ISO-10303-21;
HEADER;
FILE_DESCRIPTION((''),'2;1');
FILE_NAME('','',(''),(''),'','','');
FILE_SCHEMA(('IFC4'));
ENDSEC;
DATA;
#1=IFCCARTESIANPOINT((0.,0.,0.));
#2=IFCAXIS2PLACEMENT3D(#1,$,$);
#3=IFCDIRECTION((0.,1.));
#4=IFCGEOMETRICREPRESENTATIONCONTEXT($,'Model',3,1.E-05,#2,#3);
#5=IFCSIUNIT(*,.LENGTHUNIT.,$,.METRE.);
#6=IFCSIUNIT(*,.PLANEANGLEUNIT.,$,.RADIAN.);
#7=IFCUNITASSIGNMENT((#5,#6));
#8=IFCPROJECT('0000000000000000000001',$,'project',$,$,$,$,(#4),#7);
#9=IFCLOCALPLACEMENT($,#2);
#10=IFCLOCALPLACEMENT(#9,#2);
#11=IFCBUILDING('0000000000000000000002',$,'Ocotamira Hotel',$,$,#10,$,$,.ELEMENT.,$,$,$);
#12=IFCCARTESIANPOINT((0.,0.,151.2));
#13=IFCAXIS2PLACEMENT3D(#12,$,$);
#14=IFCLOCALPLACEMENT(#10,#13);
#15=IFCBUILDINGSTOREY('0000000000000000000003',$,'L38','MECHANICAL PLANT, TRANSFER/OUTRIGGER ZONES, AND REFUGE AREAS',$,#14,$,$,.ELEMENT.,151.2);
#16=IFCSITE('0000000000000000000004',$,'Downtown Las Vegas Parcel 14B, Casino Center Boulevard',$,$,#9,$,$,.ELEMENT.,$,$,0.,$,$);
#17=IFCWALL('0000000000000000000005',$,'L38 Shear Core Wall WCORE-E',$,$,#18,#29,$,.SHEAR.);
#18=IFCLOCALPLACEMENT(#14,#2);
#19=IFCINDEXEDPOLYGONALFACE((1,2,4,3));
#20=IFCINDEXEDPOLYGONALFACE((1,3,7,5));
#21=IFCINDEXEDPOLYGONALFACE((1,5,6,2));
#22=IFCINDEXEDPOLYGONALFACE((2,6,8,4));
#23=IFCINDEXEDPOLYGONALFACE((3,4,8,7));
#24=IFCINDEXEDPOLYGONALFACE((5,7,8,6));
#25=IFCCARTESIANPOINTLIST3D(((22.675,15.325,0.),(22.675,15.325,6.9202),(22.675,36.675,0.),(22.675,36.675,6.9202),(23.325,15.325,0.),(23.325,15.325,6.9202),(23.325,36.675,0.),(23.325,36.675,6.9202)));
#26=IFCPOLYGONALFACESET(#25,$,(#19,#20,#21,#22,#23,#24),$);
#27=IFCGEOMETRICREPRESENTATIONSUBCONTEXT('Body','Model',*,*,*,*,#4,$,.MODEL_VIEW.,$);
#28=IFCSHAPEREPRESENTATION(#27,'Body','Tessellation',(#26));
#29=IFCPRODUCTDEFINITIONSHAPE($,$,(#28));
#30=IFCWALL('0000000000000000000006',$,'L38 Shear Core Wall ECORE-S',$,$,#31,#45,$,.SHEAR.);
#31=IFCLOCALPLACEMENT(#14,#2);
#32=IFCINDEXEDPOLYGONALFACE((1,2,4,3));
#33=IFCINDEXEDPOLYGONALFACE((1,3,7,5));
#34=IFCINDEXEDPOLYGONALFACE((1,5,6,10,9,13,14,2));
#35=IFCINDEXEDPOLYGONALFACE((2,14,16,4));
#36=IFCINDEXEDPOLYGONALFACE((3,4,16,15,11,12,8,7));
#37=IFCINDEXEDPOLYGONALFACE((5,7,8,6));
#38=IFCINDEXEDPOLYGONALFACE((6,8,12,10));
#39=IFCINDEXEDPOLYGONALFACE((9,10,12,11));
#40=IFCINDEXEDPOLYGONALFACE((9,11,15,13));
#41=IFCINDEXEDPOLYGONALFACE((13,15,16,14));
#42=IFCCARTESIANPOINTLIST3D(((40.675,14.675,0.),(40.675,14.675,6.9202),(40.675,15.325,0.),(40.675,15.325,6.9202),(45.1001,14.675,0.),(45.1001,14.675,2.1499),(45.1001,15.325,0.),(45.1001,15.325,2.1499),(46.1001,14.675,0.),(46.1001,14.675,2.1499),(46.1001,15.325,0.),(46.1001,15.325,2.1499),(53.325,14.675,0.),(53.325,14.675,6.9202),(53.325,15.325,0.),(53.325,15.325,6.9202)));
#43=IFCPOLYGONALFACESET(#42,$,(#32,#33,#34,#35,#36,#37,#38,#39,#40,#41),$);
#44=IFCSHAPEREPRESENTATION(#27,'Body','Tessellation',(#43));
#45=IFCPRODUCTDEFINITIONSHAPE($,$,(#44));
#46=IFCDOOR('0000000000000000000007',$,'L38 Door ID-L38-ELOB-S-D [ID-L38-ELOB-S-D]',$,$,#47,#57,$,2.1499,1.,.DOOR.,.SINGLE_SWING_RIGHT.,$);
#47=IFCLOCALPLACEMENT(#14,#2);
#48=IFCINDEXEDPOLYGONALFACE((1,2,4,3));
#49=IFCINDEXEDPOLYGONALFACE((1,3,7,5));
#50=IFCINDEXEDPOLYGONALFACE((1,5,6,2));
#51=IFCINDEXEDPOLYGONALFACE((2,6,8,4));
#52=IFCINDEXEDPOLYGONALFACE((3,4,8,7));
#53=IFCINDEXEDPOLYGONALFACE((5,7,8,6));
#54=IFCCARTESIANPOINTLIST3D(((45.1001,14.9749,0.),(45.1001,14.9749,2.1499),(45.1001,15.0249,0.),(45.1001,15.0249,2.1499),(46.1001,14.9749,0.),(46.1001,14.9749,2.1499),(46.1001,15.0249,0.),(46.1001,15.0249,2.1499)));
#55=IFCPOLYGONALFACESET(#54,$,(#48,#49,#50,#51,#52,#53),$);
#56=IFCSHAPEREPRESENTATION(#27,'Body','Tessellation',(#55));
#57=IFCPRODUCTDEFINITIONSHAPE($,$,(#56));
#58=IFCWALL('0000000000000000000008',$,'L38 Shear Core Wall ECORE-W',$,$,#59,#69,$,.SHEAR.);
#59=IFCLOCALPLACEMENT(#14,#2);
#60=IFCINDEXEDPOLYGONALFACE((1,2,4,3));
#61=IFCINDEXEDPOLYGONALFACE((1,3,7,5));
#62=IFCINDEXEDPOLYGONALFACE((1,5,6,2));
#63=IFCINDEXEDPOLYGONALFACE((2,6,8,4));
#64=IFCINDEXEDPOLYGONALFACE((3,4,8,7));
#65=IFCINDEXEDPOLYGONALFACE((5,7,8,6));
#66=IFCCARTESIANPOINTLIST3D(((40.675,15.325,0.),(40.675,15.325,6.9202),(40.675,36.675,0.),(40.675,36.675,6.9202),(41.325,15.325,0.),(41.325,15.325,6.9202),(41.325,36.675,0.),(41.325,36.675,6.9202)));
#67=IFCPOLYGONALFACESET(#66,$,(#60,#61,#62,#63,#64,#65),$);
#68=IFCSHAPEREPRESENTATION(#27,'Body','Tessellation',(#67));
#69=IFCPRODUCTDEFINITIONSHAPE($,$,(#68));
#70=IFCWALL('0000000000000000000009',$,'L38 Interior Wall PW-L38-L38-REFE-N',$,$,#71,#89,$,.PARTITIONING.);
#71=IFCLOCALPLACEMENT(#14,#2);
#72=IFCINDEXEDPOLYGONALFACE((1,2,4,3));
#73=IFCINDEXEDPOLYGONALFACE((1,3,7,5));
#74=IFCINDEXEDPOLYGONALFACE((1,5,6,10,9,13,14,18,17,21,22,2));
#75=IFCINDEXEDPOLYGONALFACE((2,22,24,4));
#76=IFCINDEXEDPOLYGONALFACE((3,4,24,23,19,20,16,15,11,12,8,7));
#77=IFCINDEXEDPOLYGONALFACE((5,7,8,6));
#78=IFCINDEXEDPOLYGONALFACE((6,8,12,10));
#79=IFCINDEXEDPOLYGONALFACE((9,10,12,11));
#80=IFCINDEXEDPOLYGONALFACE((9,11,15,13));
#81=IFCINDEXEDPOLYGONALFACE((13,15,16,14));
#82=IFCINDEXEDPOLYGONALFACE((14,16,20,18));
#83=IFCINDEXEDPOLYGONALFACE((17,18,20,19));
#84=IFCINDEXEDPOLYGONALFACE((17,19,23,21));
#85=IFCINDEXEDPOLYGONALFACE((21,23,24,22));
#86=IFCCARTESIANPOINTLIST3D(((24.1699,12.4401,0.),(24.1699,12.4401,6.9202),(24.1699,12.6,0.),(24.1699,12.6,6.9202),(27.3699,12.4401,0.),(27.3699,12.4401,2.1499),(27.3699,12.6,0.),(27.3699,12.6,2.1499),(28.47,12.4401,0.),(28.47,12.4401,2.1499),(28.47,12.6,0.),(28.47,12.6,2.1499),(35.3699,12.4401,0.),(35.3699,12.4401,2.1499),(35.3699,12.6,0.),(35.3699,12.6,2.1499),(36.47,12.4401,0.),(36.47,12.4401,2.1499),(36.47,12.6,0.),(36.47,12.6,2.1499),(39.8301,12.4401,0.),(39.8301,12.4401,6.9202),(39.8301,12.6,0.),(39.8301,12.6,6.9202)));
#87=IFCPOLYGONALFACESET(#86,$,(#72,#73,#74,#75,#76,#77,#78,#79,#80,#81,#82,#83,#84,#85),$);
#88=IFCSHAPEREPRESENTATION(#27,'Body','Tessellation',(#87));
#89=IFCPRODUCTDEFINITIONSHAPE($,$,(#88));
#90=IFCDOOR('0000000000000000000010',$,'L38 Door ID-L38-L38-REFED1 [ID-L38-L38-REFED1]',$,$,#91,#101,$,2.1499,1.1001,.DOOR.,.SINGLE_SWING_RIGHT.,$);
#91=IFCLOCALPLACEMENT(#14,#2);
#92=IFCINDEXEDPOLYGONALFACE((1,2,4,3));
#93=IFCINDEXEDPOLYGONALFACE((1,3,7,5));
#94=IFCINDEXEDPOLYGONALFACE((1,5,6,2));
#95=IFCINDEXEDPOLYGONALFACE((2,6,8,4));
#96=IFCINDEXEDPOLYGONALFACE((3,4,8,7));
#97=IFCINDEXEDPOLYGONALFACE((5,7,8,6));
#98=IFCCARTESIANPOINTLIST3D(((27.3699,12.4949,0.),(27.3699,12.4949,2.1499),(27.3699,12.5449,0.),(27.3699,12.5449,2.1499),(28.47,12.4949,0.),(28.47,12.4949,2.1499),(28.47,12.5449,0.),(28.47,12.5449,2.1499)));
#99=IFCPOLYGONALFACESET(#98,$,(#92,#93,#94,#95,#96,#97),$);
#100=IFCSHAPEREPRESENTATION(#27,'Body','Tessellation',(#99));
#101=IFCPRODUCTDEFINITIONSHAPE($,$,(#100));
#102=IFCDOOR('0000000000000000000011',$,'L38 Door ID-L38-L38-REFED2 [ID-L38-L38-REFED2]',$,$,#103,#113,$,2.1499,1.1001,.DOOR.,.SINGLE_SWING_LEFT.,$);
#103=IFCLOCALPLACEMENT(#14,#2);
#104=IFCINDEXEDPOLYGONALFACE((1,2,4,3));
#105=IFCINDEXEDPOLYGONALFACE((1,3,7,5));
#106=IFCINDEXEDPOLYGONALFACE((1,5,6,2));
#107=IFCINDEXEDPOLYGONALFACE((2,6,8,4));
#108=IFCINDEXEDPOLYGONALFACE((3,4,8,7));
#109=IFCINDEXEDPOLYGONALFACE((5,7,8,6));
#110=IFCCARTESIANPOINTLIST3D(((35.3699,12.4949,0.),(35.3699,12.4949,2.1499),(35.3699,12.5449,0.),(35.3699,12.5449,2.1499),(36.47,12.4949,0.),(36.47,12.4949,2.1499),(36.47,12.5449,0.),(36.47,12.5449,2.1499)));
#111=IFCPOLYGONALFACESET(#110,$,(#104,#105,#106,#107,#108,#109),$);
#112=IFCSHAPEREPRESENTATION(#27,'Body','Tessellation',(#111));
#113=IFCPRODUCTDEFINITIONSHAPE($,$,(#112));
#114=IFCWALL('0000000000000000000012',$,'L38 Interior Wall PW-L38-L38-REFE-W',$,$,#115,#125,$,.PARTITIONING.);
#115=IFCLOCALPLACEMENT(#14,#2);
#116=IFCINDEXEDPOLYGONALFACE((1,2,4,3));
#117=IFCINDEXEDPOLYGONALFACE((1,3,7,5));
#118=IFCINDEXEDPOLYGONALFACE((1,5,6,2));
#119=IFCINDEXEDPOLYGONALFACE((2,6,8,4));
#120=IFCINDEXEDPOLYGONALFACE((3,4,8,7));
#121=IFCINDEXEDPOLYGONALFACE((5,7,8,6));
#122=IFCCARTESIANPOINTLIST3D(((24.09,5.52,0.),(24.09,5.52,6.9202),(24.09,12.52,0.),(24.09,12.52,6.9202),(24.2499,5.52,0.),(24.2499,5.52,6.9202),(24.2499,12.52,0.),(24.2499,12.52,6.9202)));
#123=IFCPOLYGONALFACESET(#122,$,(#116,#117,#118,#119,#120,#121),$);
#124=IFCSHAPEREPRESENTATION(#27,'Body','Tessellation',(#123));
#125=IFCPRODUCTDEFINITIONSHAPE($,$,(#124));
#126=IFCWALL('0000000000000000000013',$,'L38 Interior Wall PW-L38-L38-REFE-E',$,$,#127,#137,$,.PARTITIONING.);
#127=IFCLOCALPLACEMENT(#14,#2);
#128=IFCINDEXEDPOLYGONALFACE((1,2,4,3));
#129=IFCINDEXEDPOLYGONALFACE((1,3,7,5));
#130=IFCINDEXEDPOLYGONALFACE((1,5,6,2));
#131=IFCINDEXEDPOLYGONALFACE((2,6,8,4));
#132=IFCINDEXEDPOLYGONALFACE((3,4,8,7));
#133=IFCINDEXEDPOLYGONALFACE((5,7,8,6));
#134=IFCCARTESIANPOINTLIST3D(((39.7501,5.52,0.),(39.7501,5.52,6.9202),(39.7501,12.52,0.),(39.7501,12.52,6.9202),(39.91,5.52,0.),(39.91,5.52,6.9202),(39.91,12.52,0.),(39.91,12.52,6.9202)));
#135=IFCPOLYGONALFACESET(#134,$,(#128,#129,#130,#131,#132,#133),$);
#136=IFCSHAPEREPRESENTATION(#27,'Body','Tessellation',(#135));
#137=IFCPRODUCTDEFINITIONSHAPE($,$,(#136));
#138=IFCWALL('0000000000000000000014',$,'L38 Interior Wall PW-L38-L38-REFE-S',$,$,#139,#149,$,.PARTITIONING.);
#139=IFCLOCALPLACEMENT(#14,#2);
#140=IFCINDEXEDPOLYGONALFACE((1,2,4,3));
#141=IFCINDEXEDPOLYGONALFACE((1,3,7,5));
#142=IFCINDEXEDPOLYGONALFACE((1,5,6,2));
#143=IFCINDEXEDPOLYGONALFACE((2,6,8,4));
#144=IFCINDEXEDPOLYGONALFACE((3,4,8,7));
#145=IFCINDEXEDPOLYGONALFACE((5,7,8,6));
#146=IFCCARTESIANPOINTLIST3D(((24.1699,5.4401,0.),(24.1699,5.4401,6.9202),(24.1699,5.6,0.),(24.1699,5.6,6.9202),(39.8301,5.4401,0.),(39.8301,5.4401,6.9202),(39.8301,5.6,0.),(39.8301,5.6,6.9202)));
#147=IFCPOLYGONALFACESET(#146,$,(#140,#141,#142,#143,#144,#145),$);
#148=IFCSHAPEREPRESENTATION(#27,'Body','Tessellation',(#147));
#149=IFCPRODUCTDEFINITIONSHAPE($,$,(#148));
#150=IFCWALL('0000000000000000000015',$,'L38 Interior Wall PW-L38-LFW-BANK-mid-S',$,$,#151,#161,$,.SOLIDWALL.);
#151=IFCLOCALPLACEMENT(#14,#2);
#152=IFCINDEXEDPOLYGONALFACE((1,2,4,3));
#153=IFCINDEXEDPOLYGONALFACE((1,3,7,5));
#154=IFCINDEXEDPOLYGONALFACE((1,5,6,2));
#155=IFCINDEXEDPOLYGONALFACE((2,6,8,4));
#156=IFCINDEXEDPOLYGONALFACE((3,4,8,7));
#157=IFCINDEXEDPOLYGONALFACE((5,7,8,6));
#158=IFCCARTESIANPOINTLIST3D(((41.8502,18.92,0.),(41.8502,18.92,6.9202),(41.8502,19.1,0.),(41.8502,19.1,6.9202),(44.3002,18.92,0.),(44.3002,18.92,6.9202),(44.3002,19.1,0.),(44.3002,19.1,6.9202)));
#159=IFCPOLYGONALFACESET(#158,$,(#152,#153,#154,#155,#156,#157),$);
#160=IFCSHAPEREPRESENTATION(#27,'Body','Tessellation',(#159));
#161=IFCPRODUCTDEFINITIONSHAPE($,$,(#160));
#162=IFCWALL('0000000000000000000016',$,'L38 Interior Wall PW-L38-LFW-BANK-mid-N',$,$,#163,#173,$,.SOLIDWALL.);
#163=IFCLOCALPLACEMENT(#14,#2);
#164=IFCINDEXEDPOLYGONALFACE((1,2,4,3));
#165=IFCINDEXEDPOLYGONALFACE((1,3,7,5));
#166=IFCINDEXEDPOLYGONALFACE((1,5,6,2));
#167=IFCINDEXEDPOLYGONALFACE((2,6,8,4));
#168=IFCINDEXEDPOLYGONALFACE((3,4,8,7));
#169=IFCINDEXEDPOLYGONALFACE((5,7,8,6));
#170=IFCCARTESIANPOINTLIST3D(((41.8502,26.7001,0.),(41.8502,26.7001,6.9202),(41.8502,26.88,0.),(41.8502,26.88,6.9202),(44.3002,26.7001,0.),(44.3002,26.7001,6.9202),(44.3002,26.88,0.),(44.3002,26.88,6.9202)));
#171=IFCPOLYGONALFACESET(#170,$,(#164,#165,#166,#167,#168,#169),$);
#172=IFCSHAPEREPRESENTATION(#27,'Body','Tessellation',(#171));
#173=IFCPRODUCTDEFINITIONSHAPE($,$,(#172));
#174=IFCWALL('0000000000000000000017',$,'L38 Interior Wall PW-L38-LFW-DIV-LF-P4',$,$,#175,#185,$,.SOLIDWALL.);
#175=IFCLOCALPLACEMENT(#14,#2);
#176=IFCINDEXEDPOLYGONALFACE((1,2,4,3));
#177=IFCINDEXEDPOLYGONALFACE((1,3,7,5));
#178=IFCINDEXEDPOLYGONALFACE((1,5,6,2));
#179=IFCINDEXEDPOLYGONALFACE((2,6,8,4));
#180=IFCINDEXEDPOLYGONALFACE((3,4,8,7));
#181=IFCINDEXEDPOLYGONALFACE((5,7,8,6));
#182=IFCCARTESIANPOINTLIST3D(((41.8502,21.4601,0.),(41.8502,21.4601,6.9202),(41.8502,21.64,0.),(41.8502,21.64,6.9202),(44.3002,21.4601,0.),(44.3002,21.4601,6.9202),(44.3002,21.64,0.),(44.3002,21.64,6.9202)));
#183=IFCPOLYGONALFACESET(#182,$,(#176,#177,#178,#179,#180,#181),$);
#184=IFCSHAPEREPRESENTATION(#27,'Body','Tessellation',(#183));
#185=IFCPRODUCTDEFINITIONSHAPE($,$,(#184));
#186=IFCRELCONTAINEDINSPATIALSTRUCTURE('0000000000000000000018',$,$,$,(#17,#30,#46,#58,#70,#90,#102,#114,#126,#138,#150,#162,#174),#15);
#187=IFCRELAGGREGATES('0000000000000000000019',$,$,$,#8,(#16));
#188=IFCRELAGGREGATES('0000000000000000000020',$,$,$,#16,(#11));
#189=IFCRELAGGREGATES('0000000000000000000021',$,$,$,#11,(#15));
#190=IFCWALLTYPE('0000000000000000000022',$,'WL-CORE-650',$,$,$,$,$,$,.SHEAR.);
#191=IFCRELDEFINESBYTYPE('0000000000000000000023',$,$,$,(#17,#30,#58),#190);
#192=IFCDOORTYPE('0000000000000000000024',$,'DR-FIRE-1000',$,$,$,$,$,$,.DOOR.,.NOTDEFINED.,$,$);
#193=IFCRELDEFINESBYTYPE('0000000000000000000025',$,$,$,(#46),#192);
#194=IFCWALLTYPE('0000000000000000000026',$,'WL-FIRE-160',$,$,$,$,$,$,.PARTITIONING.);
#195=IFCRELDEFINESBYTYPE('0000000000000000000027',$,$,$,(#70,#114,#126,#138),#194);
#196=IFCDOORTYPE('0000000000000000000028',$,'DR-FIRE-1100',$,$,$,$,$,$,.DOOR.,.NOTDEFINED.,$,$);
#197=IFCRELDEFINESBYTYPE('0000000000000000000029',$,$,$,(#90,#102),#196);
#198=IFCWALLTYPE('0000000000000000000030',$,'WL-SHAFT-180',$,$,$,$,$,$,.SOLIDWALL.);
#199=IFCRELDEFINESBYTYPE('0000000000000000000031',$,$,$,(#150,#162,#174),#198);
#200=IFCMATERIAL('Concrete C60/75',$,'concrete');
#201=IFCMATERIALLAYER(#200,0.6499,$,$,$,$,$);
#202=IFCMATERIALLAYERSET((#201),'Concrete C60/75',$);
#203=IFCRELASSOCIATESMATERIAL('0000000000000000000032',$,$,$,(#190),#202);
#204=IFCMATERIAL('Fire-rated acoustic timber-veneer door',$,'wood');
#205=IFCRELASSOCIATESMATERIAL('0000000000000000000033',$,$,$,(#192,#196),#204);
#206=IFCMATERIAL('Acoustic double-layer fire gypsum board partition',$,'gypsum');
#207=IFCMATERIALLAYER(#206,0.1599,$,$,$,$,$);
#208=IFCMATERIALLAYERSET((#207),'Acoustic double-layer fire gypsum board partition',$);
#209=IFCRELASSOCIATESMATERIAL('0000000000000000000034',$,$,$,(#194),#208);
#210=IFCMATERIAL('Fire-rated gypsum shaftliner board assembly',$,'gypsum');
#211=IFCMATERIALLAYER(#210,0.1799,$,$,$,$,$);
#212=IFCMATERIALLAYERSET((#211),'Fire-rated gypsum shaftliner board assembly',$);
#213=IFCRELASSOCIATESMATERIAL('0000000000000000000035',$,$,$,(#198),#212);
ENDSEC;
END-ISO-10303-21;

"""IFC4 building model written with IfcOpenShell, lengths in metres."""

from ifc_helpers import new_model, si_unit, direction, frame, frame_2d, origin, place, context, subcontext, project, spatial, rectangle, extrude, source, transform, mapped, material, layer, layer_set, type_object, element, fill, save


model = new_model("IFC4")

# Units and contexts
model_context = context("Model", 3, precision=1e-05, world=origin(), true_north=direction((0.0, 1.0)))
body_context = subcontext(model_context, "Body", "Model", "MODEL_VIEW")
ifc_project = project(units=[si_unit("LENGTHUNIT", "METRE"), si_unit("PLANEANGLEUNIT", "RADIAN")], contexts=[model_context])

# Site, building, storey
site_placement = place(None, origin())
site = spatial("IfcSite", under=ifc_project, at=site_placement, Name="Downtown Las Vegas Parcel 14B, Casino Center Boulevard", CompositionType="ELEMENT", RefElevation=0.0)
building_placement = place(site_placement, origin())
building = spatial("IfcBuilding", under=site, at=building_placement, Name="Ocotamira Hotel", CompositionType="ELEMENT")
storey_placement = place(building_placement, frame((0.0, 0.0, 151.2)))
storey = spatial("IfcBuildingStorey", under=building, at=storey_placement, Name="L38", Description="MECHANICAL PLANT, TRANSFER/OUTRIGGER ZONES, AND REFUGE AREAS", CompositionType="ELEMENT", Elevation=151.2)

# Wall
ifc_material_1 = material(Name="Concrete C60/75", Category="concrete")
ifc_layer_1 = layer(ifc_material_1, 0.6499)
ifc_layer_set_1 = layer_set([ifc_layer_1], Name="Concrete C60/75")
wall_type_1 = type_object("IfcWallType", Name="WL-CORE-650", PredefinedType="SHEAR", material=ifc_layer_set_1)
wall_1_placement = place(storey_placement, frame((23.0, 15.325, 0.0), z_axis=(0.0, 0.0, 1.0), x_axis=(0.0, 1.0, 0.0)))
element("IfcWall", 1, at=wall_1_placement, inside=storey, type_object=wall_type_1, Name="L38 Shear Core Wall WCORE-E", PredefinedType="SHEAR", context=body_context, shape_type="SweptSolid", body=[
    extrude(rectangle(XDim=21.3501, YDim=0.6499, at=frame_2d((10.675, 0.0))), origin(), (0.0, 0.0, 1.0), 6.9202),
])

# Wall, opening, door
wall_2_placement = place(storey_placement, frame((40.675, 15.0, 0.0), z_axis=(0.0, 0.0, 1.0), x_axis=(1.0, 0.0, 0.0)))
wall_2 = element("IfcWall", 2, at=wall_2_placement, inside=storey, type_object=wall_type_1, Name="L38 Shear Core Wall ECORE-S", PredefinedType="SHEAR", context=body_context, shape_type="SweptSolid", body=[
    extrude(rectangle(XDim=12.6499, YDim=0.6499, at=frame_2d((6.325, 0.0))), origin(), (0.0, 0.0, 1.0), 6.9202),
])
opening_1_placement = place(wall_2_placement, frame((4.425, 0.0, 0.0)))
opening_1 = element("IfcOpeningElement", 3, at=opening_1_placement, cuts=wall_2, PredefinedType="OPENING", context=body_context, shape_type="SweptSolid", body=[
    extrude(rectangle(XDim=1.0, YDim=2.1499, at=frame_2d((0.5, 1.075))), frame((0.0, 0.335, 0.0), z_axis=(0.0, -1.0, 0.0), x_axis=(1.0, 0.0, 0.0)), (0.0, 0.0, 1.0), 0.6699),
])
ifc_material_2 = material(Name="Fire-rated acoustic timber-veneer door", Category="wood")
door_type_1 = type_object("IfcDoorType", Name="DR-FIRE-1000", OperationType="NOTDEFINED", PredefinedType="DOOR", material=ifc_material_2)
shared_shape_1 = source(origin(), body_context, "Body", "SweptSolid", [
    extrude(rectangle(XDim=1.0, YDim=2.1499, at=frame_2d((0.5, 1.075))), frame((0.0, 0.0249, 0.0), z_axis=(0.0, -1.0, 0.0), x_axis=(1.0, 0.0, 0.0)), (0.0, 0.0, 1.0), 0.05),
])
door_1_placement = place(opening_1_placement, origin())
door_1 = element("IfcDoor", 4, at=door_1_placement, inside=storey, type_object=door_type_1, Name="L38 Door ID-L38-ELOB-S-D [ID-L38-ELOB-S-D]", OperationType="SINGLE_SWING_RIGHT", OverallHeight=2.1499, OverallWidth=1.0, PredefinedType="DOOR", context=body_context, shape_type="MappedRepresentation", body=[
    mapped(shared_shape_1, transform((0.0, 0.0, 0.0), scale=1.0)),
])
fill(opening_1, door_1)

# Wall
wall_3_placement = place(storey_placement, frame((41.0, 15.325, 0.0), z_axis=(0.0, 0.0, 1.0), x_axis=(0.0, 1.0, 0.0)))
element("IfcWall", 5, at=wall_3_placement, inside=storey, type_object=wall_type_1, Name="L38 Shear Core Wall ECORE-W", PredefinedType="SHEAR", context=body_context, shape_type="SweptSolid", body=[
    extrude(rectangle(XDim=21.3501, YDim=0.6499, at=frame_2d((10.675, 0.0))), origin(), (0.0, 0.0, 1.0), 6.9202),
])

# Wall, openings, doors
ifc_material_3 = material(Name="Acoustic double-layer fire gypsum board partition", Category="gypsum")
ifc_layer_2 = layer(ifc_material_3, 0.1599)
ifc_layer_set_2 = layer_set([ifc_layer_2], Name="Acoustic double-layer fire gypsum board partition")
wall_type_2 = type_object("IfcWallType", Name="WL-FIRE-160", PredefinedType="PARTITIONING", material=ifc_layer_set_2)
wall_4_placement = place(storey_placement, frame((24.1699, 12.52, 0.0), z_axis=(0.0, 0.0, 1.0), x_axis=(1.0, 0.0, 0.0)))
wall_4 = element("IfcWall", 6, at=wall_4_placement, inside=storey, type_object=wall_type_2, Name="L38 Interior Wall PW-L38-L38-REFE-N", PredefinedType="PARTITIONING", context=body_context, shape_type="SweptSolid", body=[
    extrude(rectangle(XDim=15.6602, YDim=0.1599, at=frame_2d((7.8301, 0.0))), origin(), (0.0, 0.0, 1.0), 6.9202),
])
opening_2_placement = place(wall_4_placement, frame((3.2, 0.0, 0.0)))
opening_2 = element("IfcOpeningElement", 7, at=opening_2_placement, cuts=wall_4, PredefinedType="OPENING", context=body_context, shape_type="SweptSolid", body=[
    extrude(rectangle(XDim=1.1001, YDim=2.1499, at=frame_2d((0.55, 1.075))), frame((0.0, 0.0898, 0.0), z_axis=(0.0, -1.0, 0.0), x_axis=(1.0, 0.0, 0.0)), (0.0, 0.0, 1.0), 0.1799),
])
opening_3_placement = place(wall_4_placement, frame((11.2, 0.0, 0.0)))
opening_3 = element("IfcOpeningElement", 8, at=opening_3_placement, cuts=wall_4, PredefinedType="OPENING", context=body_context, shape_type="SweptSolid", body=[
    extrude(rectangle(XDim=1.1001, YDim=2.1499, at=frame_2d((0.55, 1.075))), frame((0.0, 0.0898, 0.0), z_axis=(0.0, -1.0, 0.0), x_axis=(1.0, 0.0, 0.0)), (0.0, 0.0, 1.0), 0.1799),
])
door_type_2 = type_object("IfcDoorType", Name="DR-FIRE-1100", OperationType="NOTDEFINED", PredefinedType="DOOR", material=ifc_material_2)
shared_shape_2 = source(origin(), body_context, "Body", "SweptSolid", [
    extrude(rectangle(XDim=1.1001, YDim=2.1499, at=frame_2d((0.55, 1.075))), frame((0.0, 0.0249, 0.0), z_axis=(0.0, -1.0, 0.0), x_axis=(1.0, 0.0, 0.0)), (0.0, 0.0, 1.0), 0.05),
])
door_2_placement = place(opening_2_placement, origin())
door_2 = element("IfcDoor", 9, at=door_2_placement, inside=storey, type_object=door_type_2, Name="L38 Door ID-L38-L38-REFED1 [ID-L38-L38-REFED1]", OperationType="SINGLE_SWING_RIGHT", OverallHeight=2.1499, OverallWidth=1.1001, PredefinedType="DOOR", context=body_context, shape_type="MappedRepresentation", body=[
    mapped(shared_shape_2, transform((0.0, 0.0, 0.0), scale=1.0)),
])
fill(opening_2, door_2)
door_3_placement = place(opening_3_placement, origin())
door_3 = element("IfcDoor", 10, at=door_3_placement, inside=storey, type_object=door_type_2, Name="L38 Door ID-L38-L38-REFED2 [ID-L38-L38-REFED2]", OperationType="SINGLE_SWING_LEFT", OverallHeight=2.1499, OverallWidth=1.1001, PredefinedType="DOOR", context=body_context, shape_type="MappedRepresentation", body=[
    mapped(shared_shape_2, transform((0.0, 0.0, 0.0), scale=1.0)),
])
fill(opening_3, door_3)

# Walls
for number, where, z_axis, x_axis, name in (
    (11, (24.1699, 5.52, 0.0), (0.0, 0.0, 1.0), (0.0, 1.0, 0.0), "L38 Interior Wall PW-L38-L38-REFE-W"),
    (12, (39.8301, 5.52, 0.0), (0.0, 0.0, 1.0), (0.0, 1.0, 0.0), "L38 Interior Wall PW-L38-L38-REFE-E"),
):
    element("IfcWall", number, at=place(storey_placement, frame(where, z_axis=z_axis, x_axis=x_axis)), inside=storey, type_object=wall_type_2, Name=name, PredefinedType="PARTITIONING", context=body_context, shape_type="SweptSolid", body=[
        extrude(rectangle(XDim=7.0, YDim=0.1599, at=frame_2d((3.5, 0.0))), origin(), (0.0, 0.0, 1.0), 6.9202),
    ])
wall_5_placement = place(storey_placement, frame((24.1699, 5.52, 0.0), z_axis=(0.0, 0.0, 1.0), x_axis=(1.0, 0.0, 0.0)))
element("IfcWall", 13, at=wall_5_placement, inside=storey, type_object=wall_type_2, Name="L38 Interior Wall PW-L38-L38-REFE-S", PredefinedType="PARTITIONING", context=body_context, shape_type="SweptSolid", body=[
    extrude(rectangle(XDim=15.6602, YDim=0.1599, at=frame_2d((7.8301, 0.0))), origin(), (0.0, 0.0, 1.0), 6.9202),
])
ifc_material_4 = material(Name="Fire-rated gypsum shaftliner board assembly", Category="gypsum")
ifc_layer_3 = layer(ifc_material_4, 0.1799)
ifc_layer_set_3 = layer_set([ifc_layer_3], Name="Fire-rated gypsum shaftliner board assembly")
wall_type_3 = type_object("IfcWallType", Name="WL-SHAFT-180", PredefinedType="SOLIDWALL", material=ifc_layer_set_3)
for number, where, z_axis, x_axis, name in (
    (14, (41.8501, 19.01, 0.0), (0.0, 0.0, 1.0), (1.0, 0.0, 0.0), "L38 Interior Wall PW-L38-LFW-BANK-mid-S"),
    (15, (41.8501, 26.79, 0.0), (0.0, 0.0, 1.0), (1.0, 0.0, 0.0), "L38 Interior Wall PW-L38-LFW-BANK-mid-N"),
    (16, (41.8501, 21.55, 0.0), (0.0, 0.0, 1.0), (1.0, 0.0, 0.0), "L38 Interior Wall PW-L38-LFW-DIV-LF-P4"),
):
    element("IfcWall", number, at=place(storey_placement, frame(where, z_axis=z_axis, x_axis=x_axis)), inside=storey, type_object=wall_type_3, Name=name, PredefinedType="SOLIDWALL", context=body_context, shape_type="SweptSolid", body=[
        extrude(rectangle(XDim=2.45, YDim=0.1799, at=frame_2d((1.2251, 0.0))), origin(), (0.0, 0.0, 1.0), 6.9202),
    ])

save(model, "model.ifc")
